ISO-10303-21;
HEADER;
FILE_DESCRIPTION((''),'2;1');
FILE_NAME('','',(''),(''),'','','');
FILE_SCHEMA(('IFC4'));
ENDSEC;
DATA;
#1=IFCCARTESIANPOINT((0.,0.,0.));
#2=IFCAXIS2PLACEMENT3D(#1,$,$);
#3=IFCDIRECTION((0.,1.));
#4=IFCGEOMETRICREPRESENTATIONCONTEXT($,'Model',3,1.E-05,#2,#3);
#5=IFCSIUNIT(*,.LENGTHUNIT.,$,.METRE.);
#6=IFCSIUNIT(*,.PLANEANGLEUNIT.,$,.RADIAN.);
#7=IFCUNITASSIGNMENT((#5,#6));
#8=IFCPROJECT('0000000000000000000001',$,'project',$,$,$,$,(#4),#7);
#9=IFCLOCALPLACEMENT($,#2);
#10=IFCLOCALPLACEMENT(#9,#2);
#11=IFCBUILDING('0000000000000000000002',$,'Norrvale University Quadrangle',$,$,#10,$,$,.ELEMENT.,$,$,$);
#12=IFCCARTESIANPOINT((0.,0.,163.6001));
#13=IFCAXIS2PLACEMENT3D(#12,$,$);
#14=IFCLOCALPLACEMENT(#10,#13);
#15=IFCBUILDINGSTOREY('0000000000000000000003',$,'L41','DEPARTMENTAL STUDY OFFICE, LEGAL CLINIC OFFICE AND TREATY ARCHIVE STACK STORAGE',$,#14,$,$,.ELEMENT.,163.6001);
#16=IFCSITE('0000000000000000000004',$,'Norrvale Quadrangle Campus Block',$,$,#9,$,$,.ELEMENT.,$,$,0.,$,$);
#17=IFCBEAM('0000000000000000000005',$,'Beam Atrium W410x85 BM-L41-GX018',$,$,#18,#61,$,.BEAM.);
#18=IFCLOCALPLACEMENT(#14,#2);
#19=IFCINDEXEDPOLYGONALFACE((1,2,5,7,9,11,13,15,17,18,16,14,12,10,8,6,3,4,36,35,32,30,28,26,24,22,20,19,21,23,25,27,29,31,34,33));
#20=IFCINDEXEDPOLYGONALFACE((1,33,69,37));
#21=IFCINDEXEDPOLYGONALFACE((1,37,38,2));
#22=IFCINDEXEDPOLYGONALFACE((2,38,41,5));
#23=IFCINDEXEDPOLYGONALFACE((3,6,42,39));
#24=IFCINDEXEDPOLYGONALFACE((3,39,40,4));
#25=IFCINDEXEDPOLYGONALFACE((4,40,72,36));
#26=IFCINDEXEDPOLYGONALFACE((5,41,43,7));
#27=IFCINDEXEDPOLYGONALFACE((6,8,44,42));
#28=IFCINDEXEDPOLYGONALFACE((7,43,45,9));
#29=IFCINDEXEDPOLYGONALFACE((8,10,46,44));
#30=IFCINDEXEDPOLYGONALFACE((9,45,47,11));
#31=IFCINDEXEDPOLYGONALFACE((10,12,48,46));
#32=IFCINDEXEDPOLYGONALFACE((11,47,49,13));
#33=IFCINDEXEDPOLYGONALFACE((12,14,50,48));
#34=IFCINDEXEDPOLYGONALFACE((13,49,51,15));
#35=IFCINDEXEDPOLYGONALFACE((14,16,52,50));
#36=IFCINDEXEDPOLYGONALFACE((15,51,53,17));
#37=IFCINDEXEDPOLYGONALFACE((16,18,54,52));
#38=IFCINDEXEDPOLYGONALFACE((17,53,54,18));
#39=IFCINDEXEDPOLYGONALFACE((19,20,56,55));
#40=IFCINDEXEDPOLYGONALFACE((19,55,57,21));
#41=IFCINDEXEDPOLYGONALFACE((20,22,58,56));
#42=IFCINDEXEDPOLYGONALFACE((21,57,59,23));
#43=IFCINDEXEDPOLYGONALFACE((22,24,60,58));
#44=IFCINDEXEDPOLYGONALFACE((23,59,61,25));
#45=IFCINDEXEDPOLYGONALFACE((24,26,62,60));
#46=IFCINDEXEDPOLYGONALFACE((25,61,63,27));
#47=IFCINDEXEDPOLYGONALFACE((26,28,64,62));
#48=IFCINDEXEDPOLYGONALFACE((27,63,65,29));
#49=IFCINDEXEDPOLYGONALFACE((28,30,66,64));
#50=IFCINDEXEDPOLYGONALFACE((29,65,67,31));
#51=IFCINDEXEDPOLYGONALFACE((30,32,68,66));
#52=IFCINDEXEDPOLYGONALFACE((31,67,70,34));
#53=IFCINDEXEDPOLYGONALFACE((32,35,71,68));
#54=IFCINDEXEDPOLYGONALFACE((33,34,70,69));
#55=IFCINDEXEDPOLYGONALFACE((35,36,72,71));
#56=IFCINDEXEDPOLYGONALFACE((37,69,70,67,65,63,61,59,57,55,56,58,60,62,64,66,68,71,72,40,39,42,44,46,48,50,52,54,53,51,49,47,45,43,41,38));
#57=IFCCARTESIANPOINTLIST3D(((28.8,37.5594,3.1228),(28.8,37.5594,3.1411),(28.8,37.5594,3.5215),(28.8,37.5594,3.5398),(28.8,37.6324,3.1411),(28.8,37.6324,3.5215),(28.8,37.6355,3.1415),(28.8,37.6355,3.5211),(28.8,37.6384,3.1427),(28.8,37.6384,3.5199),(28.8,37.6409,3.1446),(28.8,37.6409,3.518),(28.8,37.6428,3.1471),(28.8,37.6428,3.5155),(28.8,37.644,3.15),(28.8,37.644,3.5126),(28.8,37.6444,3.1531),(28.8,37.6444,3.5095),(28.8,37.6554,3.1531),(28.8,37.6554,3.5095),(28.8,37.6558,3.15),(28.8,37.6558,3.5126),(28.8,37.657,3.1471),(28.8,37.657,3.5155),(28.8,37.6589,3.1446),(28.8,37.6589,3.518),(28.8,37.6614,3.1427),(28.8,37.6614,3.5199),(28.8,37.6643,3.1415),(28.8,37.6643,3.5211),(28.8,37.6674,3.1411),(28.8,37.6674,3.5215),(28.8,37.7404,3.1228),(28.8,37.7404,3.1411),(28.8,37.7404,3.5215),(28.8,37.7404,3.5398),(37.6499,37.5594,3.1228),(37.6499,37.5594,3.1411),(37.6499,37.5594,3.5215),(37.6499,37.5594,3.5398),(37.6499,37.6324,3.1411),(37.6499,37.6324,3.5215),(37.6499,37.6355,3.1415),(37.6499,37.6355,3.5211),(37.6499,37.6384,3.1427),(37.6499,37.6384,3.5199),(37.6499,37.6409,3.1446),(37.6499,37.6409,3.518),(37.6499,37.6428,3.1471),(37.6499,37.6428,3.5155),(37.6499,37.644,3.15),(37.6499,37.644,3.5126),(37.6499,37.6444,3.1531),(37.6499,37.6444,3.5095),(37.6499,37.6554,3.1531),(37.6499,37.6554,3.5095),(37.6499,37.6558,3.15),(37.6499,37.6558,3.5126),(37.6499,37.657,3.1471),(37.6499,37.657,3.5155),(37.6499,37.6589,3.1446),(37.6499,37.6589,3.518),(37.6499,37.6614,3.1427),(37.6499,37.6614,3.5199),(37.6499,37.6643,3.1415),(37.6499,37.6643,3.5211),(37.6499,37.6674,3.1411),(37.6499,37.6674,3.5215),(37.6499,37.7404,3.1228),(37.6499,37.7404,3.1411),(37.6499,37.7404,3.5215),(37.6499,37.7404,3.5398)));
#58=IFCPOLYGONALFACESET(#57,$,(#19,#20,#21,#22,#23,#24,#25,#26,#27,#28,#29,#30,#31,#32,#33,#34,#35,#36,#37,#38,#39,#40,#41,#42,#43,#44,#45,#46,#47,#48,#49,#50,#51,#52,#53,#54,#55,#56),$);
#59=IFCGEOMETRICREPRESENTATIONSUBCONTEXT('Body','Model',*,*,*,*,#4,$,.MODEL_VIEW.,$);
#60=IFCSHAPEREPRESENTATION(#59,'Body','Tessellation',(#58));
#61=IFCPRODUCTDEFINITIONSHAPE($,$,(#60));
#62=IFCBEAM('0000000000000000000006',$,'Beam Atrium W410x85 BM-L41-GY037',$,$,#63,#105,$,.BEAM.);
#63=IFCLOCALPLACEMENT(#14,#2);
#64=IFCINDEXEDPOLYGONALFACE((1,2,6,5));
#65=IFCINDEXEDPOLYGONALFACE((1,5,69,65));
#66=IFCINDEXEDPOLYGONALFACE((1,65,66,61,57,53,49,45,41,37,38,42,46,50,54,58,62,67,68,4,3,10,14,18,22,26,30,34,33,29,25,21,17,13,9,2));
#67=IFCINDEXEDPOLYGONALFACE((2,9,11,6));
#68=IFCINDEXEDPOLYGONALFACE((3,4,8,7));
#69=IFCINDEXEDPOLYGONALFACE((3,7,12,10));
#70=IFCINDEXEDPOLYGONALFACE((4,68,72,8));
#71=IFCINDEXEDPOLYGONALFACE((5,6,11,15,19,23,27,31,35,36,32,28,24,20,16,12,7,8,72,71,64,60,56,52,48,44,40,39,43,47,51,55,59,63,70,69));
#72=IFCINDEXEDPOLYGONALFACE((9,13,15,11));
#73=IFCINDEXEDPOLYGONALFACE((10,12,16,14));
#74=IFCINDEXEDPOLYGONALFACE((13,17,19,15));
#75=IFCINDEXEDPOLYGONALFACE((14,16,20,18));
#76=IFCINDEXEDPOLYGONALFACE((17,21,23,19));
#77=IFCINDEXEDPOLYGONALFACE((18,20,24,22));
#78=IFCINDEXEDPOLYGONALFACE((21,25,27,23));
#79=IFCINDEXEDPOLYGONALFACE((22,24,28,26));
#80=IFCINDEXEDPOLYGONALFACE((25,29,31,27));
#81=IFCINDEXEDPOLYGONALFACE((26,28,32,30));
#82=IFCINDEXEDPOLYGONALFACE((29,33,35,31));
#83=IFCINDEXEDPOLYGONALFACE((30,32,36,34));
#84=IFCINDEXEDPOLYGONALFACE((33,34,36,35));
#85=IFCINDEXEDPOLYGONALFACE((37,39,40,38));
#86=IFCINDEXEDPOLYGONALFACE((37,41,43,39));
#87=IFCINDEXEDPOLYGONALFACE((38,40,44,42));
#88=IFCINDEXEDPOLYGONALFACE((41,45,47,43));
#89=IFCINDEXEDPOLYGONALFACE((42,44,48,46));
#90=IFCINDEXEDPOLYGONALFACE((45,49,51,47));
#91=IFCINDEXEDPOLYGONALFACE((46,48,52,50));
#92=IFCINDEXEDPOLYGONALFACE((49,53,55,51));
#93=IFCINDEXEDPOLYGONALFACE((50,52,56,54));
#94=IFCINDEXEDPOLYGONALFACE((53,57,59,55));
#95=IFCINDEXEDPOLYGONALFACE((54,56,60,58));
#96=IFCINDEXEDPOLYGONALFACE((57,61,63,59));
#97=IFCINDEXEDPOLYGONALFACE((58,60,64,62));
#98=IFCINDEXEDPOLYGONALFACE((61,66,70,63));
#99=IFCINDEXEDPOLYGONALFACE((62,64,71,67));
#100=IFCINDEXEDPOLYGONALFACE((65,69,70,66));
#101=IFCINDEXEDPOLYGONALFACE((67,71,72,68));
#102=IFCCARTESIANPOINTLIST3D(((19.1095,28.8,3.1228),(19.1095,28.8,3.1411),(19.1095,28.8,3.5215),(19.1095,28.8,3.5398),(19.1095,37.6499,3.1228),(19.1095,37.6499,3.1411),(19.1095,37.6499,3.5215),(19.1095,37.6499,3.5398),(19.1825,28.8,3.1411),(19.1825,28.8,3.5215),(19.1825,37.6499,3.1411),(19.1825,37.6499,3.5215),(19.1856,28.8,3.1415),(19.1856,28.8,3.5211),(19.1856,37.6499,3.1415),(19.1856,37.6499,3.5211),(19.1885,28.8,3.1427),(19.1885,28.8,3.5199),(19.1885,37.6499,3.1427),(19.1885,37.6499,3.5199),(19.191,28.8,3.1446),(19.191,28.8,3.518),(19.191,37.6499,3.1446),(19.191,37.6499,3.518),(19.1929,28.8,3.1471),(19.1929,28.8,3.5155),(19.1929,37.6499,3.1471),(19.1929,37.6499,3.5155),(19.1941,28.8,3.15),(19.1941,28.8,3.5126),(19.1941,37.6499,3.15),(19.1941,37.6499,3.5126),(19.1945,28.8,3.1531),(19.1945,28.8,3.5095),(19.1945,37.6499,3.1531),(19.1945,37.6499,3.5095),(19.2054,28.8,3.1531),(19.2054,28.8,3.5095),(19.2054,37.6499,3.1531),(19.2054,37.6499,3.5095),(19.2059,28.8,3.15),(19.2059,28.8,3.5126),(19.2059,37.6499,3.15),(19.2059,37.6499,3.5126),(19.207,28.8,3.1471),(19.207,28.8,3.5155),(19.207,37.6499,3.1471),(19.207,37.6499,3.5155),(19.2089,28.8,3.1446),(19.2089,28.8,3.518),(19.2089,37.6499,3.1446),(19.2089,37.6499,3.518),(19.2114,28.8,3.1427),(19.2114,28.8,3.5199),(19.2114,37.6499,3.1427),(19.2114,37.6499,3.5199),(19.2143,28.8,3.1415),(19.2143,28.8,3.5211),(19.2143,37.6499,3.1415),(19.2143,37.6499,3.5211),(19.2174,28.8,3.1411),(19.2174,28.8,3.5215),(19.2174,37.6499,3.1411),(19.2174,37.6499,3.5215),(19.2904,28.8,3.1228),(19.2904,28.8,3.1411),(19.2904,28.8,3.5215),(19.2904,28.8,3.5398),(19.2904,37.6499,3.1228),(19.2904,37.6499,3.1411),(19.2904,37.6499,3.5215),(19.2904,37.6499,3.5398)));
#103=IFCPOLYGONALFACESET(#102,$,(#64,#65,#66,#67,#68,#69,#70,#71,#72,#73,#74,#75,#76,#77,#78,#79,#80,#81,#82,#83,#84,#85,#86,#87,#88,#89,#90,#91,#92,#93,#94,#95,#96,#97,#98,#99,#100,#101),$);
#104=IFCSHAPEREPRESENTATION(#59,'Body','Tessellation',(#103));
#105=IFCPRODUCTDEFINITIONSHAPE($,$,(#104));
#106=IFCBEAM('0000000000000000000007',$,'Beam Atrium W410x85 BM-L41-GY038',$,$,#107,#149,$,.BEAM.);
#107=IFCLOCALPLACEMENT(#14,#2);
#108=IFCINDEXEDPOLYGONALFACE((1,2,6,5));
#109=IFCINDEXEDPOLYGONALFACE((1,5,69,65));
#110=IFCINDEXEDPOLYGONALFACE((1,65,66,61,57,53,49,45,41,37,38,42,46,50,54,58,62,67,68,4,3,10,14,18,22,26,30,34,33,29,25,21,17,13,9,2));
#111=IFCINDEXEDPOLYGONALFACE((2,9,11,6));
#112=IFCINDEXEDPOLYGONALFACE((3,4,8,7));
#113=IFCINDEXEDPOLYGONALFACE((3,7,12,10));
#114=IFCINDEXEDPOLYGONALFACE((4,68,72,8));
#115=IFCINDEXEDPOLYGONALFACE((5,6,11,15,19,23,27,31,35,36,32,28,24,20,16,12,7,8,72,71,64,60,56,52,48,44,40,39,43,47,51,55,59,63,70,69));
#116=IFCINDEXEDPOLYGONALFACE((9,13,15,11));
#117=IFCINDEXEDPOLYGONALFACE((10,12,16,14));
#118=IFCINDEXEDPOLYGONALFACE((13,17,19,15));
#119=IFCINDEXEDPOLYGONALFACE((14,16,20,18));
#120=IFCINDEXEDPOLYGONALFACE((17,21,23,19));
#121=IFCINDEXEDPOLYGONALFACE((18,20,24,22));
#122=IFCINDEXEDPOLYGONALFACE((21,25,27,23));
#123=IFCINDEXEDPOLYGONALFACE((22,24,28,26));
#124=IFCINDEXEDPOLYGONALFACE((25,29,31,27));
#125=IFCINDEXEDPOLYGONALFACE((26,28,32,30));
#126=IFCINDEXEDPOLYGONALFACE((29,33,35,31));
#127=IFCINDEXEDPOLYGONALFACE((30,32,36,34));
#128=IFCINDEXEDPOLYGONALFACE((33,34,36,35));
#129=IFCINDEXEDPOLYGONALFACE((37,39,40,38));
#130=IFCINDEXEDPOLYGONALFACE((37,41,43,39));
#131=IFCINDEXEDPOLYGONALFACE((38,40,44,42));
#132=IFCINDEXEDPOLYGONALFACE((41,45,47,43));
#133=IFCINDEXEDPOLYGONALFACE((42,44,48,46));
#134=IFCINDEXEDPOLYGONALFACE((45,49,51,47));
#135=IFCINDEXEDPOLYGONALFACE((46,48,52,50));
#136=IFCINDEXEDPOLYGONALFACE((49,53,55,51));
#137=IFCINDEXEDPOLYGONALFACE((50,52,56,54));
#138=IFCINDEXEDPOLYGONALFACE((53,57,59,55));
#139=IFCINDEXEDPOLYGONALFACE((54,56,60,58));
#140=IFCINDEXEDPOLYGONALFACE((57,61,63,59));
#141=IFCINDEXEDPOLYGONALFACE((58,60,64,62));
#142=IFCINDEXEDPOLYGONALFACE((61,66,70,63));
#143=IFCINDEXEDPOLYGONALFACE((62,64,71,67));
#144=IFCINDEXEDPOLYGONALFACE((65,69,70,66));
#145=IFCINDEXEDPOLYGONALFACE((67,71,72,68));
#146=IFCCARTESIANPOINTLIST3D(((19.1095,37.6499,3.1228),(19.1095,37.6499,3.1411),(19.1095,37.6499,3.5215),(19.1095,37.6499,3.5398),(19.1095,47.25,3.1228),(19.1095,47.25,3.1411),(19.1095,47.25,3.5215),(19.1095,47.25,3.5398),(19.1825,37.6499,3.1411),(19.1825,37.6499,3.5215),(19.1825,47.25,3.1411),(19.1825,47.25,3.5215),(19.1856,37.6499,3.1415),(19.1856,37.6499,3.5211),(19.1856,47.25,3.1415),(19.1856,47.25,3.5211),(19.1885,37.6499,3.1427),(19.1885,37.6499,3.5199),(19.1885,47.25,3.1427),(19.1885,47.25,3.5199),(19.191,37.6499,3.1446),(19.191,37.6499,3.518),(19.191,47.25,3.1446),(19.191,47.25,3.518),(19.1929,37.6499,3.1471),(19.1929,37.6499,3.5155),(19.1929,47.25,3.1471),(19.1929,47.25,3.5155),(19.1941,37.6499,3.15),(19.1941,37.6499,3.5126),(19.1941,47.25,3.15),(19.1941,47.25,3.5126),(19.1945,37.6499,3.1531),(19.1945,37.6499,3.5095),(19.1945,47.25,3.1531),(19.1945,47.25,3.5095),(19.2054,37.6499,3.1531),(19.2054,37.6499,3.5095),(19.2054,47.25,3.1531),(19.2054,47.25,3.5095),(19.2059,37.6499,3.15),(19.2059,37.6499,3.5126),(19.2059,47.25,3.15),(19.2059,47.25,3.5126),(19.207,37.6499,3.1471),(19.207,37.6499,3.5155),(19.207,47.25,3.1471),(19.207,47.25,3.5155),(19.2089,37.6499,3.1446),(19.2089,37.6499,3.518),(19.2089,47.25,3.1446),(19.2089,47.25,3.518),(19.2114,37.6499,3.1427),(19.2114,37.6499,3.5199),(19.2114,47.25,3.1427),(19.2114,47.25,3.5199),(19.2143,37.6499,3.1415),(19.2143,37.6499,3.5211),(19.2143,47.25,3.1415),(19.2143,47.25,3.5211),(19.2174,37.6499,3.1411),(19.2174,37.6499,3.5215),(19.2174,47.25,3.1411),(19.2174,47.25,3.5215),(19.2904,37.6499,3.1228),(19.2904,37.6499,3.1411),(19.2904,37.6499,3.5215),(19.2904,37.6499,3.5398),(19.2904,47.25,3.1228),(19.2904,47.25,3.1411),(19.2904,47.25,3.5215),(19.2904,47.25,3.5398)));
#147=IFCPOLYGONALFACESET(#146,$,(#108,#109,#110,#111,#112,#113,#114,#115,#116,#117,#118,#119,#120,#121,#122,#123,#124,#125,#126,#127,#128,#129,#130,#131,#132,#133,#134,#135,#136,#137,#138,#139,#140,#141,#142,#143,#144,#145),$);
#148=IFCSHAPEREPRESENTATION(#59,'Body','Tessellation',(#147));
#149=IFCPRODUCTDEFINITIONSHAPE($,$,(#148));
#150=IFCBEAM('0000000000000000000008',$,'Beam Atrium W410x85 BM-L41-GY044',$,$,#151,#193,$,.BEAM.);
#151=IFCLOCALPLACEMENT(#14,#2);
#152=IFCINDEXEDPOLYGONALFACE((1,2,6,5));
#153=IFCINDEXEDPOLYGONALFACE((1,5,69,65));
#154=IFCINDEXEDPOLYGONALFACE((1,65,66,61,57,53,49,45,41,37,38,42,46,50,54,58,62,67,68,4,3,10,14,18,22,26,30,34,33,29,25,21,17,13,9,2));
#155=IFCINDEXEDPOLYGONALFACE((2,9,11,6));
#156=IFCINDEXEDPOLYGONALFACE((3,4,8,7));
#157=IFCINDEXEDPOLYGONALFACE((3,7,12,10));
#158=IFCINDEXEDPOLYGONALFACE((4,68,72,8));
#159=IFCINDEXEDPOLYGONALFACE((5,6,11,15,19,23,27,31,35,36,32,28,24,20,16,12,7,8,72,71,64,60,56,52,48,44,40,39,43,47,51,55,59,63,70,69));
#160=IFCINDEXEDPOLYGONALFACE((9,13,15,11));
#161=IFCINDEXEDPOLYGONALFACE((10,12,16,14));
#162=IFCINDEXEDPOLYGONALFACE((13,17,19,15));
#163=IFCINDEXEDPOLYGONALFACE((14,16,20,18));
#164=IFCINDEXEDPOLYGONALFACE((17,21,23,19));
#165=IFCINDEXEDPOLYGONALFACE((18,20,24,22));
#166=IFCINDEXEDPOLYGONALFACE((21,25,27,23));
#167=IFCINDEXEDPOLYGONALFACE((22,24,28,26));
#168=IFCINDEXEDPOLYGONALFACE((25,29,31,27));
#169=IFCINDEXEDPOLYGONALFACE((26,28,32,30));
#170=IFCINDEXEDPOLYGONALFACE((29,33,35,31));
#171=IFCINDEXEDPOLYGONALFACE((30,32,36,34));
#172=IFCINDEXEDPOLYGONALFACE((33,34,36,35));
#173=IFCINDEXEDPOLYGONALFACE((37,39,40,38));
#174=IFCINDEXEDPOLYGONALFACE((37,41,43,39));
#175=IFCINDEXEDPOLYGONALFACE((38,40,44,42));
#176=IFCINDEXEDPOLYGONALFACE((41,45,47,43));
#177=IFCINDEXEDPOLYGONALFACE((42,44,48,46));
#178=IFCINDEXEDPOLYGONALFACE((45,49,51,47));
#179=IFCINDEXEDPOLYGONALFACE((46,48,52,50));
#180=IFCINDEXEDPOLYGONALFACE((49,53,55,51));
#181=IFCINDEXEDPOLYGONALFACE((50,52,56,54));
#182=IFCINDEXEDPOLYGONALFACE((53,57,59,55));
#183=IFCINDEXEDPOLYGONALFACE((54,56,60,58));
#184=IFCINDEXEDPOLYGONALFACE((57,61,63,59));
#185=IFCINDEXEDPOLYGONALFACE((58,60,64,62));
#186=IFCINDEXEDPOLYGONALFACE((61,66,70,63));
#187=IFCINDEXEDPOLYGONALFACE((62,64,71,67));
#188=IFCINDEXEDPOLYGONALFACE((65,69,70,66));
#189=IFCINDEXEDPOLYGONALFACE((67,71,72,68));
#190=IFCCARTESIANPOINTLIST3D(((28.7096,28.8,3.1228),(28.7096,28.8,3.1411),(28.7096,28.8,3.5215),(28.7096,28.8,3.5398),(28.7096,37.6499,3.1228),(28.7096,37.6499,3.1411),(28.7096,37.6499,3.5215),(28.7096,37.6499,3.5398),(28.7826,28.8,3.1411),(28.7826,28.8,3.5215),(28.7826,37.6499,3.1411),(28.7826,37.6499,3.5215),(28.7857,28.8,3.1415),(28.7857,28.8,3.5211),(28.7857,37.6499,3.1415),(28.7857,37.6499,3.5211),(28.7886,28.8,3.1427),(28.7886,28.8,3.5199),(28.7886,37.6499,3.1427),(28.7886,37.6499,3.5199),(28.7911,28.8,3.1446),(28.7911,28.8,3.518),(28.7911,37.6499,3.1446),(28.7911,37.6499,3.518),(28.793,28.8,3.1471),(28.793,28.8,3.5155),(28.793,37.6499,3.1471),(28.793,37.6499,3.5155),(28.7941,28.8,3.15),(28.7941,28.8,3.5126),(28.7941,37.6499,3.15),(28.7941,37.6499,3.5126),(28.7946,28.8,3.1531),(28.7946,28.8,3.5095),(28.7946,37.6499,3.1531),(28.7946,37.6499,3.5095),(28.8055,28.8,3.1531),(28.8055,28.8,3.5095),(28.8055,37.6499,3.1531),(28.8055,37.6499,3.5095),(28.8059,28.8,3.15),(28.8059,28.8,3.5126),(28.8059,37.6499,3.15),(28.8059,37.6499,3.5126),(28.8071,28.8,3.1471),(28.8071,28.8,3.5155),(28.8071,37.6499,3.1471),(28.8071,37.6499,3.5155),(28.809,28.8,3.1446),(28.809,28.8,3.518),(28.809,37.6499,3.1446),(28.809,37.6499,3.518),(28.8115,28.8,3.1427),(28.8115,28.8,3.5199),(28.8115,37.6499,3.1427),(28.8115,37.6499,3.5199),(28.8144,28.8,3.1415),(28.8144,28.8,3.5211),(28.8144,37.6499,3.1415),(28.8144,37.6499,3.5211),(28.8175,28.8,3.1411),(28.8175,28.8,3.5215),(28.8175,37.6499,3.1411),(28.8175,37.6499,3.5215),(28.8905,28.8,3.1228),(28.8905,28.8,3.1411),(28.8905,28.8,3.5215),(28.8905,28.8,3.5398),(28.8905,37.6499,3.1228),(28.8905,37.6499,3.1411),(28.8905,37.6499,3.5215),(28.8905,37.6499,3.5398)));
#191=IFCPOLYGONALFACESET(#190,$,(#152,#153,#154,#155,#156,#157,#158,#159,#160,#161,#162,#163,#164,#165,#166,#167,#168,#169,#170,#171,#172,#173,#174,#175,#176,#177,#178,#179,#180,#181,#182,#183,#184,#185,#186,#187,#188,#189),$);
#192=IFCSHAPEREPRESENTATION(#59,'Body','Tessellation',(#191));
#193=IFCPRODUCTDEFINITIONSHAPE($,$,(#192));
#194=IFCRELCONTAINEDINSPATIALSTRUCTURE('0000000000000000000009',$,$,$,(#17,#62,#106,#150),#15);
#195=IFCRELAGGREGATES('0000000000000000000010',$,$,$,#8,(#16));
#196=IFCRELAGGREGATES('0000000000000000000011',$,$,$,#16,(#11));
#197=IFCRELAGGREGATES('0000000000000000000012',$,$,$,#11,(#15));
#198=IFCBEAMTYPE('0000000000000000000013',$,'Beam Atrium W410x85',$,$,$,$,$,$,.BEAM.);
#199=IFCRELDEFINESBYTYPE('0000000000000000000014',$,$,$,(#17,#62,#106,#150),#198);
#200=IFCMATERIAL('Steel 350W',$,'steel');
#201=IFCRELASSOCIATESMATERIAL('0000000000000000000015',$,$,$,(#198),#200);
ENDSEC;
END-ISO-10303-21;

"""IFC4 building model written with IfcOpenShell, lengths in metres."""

from ifc_helpers import new_model, si_unit, direction, frame, origin, origin_2d, place, context, subcontext, project, spatial, i_section, extrude, material, material_profile, profile_set, type_object, element, save


model = new_model("IFC4")

# Units and contexts
model_context = context("Model", 3, precision=1e-05, world=origin(), true_north=direction((0.0, 1.0)))
body_context = subcontext(model_context, "Body", "Model", "MODEL_VIEW")
ifc_project = project(units=[si_unit("LENGTHUNIT", "METRE"), si_unit("PLANEANGLEUNIT", "RADIAN")], contexts=[model_context])

# Site, building, storey
site_placement = place(None, origin())
site = spatial("IfcSite", under=ifc_project, at=site_placement, Name="Norrvale Quadrangle Campus Block", CompositionType="ELEMENT", RefElevation=0.0)
building_placement = place(site_placement, origin())
building = spatial("IfcBuilding", under=site, at=building_placement, Name="Norrvale University Quadrangle", CompositionType="ELEMENT")
storey_placement = place(building_placement, frame((0.0, 0.0, 163.6001)))
storey = spatial("IfcBuildingStorey", under=building, at=storey_placement, Name="L41", Description="DEPARTMENTAL STUDY OFFICE, LEGAL CLINIC OFFICE AND TREATY ARCHIVE STACK STORAGE", CompositionType="ELEMENT", Elevation=163.6001)

# Beams
ifc_material_1 = material(Name="Steel 350W", Category="steel")
ifc_material_profile_1 = material_profile(ifc_material_1, i_section(OverallWidth=0.1809, OverallDepth=0.417, WebThickness=0.011, FlangeThickness=0.0183, FilletRadius=0.012, at=origin_2d()), Name="Steel 350W")
ifc_profile_set_1 = profile_set([ifc_material_profile_1], Name="Steel 350W")
beam_type_1 = type_object("IfcBeamType", Name="Beam Atrium W410x85", PredefinedType="BEAM", material=ifc_profile_set_1)
for number, where, z_axis, x_axis, name in (
    (1, (28.8, 37.6499, 3.3313), (1.0, 0.0, 0.0), (0.0, 1.0, 0.0), "Beam Atrium W410x85 BM-L41-GX018"),
    (2, (19.2, 28.8, 3.3313), (0.0, 1.0, 0.0), (-1.0, 0.0, 0.0), "Beam Atrium W410x85 BM-L41-GY037"),
):
    element("IfcBeam", number, at=place(storey_placement, frame(where, z_axis=z_axis, x_axis=x_axis)), inside=storey, type_object=beam_type_1, Name=name, PredefinedType="BEAM", context=body_context, shape_type="SweptSolid", body=[
        extrude(i_section(OverallWidth=0.1809, OverallDepth=0.417, WebThickness=0.011, FlangeThickness=0.0183, FilletRadius=0.012, at=origin_2d()), origin(), (0.0, 0.0, 1.0), 8.8499),
    ])
beam_1_placement = place(storey_placement, frame((19.2, 37.6499, 3.3313), z_axis=(0.0, 1.0, 0.0), x_axis=(-1.0, 0.0, 0.0)))
element("IfcBeam", 3, at=beam_1_placement, inside=storey, type_object=beam_type_1, Name="Beam Atrium W410x85 BM-L41-GY038", PredefinedType="BEAM", context=body_context, shape_type="SweptSolid", body=[
    extrude(i_section(OverallWidth=0.1809, OverallDepth=0.417, WebThickness=0.011, FlangeThickness=0.0183, FilletRadius=0.012, at=origin_2d()), origin(), (0.0, 0.0, 1.0), 9.6001),
])
beam_2_placement = place(storey_placement, frame((28.8, 28.8, 3.3313), z_axis=(0.0, 1.0, 0.0), x_axis=(-1.0, 0.0, 0.0)))
element("IfcBeam", 4, at=beam_2_placement, inside=storey, type_object=beam_type_1, Name="Beam Atrium W410x85 BM-L41-GY044", PredefinedType="BEAM", context=body_context, shape_type="SweptSolid", body=[
    extrude(i_section(OverallWidth=0.1809, OverallDepth=0.417, WebThickness=0.011, FlangeThickness=0.0183, FilletRadius=0.012, at=origin_2d()), origin(), (0.0, 0.0, 1.0), 8.8499),
])

save(model, "model.ifc")
